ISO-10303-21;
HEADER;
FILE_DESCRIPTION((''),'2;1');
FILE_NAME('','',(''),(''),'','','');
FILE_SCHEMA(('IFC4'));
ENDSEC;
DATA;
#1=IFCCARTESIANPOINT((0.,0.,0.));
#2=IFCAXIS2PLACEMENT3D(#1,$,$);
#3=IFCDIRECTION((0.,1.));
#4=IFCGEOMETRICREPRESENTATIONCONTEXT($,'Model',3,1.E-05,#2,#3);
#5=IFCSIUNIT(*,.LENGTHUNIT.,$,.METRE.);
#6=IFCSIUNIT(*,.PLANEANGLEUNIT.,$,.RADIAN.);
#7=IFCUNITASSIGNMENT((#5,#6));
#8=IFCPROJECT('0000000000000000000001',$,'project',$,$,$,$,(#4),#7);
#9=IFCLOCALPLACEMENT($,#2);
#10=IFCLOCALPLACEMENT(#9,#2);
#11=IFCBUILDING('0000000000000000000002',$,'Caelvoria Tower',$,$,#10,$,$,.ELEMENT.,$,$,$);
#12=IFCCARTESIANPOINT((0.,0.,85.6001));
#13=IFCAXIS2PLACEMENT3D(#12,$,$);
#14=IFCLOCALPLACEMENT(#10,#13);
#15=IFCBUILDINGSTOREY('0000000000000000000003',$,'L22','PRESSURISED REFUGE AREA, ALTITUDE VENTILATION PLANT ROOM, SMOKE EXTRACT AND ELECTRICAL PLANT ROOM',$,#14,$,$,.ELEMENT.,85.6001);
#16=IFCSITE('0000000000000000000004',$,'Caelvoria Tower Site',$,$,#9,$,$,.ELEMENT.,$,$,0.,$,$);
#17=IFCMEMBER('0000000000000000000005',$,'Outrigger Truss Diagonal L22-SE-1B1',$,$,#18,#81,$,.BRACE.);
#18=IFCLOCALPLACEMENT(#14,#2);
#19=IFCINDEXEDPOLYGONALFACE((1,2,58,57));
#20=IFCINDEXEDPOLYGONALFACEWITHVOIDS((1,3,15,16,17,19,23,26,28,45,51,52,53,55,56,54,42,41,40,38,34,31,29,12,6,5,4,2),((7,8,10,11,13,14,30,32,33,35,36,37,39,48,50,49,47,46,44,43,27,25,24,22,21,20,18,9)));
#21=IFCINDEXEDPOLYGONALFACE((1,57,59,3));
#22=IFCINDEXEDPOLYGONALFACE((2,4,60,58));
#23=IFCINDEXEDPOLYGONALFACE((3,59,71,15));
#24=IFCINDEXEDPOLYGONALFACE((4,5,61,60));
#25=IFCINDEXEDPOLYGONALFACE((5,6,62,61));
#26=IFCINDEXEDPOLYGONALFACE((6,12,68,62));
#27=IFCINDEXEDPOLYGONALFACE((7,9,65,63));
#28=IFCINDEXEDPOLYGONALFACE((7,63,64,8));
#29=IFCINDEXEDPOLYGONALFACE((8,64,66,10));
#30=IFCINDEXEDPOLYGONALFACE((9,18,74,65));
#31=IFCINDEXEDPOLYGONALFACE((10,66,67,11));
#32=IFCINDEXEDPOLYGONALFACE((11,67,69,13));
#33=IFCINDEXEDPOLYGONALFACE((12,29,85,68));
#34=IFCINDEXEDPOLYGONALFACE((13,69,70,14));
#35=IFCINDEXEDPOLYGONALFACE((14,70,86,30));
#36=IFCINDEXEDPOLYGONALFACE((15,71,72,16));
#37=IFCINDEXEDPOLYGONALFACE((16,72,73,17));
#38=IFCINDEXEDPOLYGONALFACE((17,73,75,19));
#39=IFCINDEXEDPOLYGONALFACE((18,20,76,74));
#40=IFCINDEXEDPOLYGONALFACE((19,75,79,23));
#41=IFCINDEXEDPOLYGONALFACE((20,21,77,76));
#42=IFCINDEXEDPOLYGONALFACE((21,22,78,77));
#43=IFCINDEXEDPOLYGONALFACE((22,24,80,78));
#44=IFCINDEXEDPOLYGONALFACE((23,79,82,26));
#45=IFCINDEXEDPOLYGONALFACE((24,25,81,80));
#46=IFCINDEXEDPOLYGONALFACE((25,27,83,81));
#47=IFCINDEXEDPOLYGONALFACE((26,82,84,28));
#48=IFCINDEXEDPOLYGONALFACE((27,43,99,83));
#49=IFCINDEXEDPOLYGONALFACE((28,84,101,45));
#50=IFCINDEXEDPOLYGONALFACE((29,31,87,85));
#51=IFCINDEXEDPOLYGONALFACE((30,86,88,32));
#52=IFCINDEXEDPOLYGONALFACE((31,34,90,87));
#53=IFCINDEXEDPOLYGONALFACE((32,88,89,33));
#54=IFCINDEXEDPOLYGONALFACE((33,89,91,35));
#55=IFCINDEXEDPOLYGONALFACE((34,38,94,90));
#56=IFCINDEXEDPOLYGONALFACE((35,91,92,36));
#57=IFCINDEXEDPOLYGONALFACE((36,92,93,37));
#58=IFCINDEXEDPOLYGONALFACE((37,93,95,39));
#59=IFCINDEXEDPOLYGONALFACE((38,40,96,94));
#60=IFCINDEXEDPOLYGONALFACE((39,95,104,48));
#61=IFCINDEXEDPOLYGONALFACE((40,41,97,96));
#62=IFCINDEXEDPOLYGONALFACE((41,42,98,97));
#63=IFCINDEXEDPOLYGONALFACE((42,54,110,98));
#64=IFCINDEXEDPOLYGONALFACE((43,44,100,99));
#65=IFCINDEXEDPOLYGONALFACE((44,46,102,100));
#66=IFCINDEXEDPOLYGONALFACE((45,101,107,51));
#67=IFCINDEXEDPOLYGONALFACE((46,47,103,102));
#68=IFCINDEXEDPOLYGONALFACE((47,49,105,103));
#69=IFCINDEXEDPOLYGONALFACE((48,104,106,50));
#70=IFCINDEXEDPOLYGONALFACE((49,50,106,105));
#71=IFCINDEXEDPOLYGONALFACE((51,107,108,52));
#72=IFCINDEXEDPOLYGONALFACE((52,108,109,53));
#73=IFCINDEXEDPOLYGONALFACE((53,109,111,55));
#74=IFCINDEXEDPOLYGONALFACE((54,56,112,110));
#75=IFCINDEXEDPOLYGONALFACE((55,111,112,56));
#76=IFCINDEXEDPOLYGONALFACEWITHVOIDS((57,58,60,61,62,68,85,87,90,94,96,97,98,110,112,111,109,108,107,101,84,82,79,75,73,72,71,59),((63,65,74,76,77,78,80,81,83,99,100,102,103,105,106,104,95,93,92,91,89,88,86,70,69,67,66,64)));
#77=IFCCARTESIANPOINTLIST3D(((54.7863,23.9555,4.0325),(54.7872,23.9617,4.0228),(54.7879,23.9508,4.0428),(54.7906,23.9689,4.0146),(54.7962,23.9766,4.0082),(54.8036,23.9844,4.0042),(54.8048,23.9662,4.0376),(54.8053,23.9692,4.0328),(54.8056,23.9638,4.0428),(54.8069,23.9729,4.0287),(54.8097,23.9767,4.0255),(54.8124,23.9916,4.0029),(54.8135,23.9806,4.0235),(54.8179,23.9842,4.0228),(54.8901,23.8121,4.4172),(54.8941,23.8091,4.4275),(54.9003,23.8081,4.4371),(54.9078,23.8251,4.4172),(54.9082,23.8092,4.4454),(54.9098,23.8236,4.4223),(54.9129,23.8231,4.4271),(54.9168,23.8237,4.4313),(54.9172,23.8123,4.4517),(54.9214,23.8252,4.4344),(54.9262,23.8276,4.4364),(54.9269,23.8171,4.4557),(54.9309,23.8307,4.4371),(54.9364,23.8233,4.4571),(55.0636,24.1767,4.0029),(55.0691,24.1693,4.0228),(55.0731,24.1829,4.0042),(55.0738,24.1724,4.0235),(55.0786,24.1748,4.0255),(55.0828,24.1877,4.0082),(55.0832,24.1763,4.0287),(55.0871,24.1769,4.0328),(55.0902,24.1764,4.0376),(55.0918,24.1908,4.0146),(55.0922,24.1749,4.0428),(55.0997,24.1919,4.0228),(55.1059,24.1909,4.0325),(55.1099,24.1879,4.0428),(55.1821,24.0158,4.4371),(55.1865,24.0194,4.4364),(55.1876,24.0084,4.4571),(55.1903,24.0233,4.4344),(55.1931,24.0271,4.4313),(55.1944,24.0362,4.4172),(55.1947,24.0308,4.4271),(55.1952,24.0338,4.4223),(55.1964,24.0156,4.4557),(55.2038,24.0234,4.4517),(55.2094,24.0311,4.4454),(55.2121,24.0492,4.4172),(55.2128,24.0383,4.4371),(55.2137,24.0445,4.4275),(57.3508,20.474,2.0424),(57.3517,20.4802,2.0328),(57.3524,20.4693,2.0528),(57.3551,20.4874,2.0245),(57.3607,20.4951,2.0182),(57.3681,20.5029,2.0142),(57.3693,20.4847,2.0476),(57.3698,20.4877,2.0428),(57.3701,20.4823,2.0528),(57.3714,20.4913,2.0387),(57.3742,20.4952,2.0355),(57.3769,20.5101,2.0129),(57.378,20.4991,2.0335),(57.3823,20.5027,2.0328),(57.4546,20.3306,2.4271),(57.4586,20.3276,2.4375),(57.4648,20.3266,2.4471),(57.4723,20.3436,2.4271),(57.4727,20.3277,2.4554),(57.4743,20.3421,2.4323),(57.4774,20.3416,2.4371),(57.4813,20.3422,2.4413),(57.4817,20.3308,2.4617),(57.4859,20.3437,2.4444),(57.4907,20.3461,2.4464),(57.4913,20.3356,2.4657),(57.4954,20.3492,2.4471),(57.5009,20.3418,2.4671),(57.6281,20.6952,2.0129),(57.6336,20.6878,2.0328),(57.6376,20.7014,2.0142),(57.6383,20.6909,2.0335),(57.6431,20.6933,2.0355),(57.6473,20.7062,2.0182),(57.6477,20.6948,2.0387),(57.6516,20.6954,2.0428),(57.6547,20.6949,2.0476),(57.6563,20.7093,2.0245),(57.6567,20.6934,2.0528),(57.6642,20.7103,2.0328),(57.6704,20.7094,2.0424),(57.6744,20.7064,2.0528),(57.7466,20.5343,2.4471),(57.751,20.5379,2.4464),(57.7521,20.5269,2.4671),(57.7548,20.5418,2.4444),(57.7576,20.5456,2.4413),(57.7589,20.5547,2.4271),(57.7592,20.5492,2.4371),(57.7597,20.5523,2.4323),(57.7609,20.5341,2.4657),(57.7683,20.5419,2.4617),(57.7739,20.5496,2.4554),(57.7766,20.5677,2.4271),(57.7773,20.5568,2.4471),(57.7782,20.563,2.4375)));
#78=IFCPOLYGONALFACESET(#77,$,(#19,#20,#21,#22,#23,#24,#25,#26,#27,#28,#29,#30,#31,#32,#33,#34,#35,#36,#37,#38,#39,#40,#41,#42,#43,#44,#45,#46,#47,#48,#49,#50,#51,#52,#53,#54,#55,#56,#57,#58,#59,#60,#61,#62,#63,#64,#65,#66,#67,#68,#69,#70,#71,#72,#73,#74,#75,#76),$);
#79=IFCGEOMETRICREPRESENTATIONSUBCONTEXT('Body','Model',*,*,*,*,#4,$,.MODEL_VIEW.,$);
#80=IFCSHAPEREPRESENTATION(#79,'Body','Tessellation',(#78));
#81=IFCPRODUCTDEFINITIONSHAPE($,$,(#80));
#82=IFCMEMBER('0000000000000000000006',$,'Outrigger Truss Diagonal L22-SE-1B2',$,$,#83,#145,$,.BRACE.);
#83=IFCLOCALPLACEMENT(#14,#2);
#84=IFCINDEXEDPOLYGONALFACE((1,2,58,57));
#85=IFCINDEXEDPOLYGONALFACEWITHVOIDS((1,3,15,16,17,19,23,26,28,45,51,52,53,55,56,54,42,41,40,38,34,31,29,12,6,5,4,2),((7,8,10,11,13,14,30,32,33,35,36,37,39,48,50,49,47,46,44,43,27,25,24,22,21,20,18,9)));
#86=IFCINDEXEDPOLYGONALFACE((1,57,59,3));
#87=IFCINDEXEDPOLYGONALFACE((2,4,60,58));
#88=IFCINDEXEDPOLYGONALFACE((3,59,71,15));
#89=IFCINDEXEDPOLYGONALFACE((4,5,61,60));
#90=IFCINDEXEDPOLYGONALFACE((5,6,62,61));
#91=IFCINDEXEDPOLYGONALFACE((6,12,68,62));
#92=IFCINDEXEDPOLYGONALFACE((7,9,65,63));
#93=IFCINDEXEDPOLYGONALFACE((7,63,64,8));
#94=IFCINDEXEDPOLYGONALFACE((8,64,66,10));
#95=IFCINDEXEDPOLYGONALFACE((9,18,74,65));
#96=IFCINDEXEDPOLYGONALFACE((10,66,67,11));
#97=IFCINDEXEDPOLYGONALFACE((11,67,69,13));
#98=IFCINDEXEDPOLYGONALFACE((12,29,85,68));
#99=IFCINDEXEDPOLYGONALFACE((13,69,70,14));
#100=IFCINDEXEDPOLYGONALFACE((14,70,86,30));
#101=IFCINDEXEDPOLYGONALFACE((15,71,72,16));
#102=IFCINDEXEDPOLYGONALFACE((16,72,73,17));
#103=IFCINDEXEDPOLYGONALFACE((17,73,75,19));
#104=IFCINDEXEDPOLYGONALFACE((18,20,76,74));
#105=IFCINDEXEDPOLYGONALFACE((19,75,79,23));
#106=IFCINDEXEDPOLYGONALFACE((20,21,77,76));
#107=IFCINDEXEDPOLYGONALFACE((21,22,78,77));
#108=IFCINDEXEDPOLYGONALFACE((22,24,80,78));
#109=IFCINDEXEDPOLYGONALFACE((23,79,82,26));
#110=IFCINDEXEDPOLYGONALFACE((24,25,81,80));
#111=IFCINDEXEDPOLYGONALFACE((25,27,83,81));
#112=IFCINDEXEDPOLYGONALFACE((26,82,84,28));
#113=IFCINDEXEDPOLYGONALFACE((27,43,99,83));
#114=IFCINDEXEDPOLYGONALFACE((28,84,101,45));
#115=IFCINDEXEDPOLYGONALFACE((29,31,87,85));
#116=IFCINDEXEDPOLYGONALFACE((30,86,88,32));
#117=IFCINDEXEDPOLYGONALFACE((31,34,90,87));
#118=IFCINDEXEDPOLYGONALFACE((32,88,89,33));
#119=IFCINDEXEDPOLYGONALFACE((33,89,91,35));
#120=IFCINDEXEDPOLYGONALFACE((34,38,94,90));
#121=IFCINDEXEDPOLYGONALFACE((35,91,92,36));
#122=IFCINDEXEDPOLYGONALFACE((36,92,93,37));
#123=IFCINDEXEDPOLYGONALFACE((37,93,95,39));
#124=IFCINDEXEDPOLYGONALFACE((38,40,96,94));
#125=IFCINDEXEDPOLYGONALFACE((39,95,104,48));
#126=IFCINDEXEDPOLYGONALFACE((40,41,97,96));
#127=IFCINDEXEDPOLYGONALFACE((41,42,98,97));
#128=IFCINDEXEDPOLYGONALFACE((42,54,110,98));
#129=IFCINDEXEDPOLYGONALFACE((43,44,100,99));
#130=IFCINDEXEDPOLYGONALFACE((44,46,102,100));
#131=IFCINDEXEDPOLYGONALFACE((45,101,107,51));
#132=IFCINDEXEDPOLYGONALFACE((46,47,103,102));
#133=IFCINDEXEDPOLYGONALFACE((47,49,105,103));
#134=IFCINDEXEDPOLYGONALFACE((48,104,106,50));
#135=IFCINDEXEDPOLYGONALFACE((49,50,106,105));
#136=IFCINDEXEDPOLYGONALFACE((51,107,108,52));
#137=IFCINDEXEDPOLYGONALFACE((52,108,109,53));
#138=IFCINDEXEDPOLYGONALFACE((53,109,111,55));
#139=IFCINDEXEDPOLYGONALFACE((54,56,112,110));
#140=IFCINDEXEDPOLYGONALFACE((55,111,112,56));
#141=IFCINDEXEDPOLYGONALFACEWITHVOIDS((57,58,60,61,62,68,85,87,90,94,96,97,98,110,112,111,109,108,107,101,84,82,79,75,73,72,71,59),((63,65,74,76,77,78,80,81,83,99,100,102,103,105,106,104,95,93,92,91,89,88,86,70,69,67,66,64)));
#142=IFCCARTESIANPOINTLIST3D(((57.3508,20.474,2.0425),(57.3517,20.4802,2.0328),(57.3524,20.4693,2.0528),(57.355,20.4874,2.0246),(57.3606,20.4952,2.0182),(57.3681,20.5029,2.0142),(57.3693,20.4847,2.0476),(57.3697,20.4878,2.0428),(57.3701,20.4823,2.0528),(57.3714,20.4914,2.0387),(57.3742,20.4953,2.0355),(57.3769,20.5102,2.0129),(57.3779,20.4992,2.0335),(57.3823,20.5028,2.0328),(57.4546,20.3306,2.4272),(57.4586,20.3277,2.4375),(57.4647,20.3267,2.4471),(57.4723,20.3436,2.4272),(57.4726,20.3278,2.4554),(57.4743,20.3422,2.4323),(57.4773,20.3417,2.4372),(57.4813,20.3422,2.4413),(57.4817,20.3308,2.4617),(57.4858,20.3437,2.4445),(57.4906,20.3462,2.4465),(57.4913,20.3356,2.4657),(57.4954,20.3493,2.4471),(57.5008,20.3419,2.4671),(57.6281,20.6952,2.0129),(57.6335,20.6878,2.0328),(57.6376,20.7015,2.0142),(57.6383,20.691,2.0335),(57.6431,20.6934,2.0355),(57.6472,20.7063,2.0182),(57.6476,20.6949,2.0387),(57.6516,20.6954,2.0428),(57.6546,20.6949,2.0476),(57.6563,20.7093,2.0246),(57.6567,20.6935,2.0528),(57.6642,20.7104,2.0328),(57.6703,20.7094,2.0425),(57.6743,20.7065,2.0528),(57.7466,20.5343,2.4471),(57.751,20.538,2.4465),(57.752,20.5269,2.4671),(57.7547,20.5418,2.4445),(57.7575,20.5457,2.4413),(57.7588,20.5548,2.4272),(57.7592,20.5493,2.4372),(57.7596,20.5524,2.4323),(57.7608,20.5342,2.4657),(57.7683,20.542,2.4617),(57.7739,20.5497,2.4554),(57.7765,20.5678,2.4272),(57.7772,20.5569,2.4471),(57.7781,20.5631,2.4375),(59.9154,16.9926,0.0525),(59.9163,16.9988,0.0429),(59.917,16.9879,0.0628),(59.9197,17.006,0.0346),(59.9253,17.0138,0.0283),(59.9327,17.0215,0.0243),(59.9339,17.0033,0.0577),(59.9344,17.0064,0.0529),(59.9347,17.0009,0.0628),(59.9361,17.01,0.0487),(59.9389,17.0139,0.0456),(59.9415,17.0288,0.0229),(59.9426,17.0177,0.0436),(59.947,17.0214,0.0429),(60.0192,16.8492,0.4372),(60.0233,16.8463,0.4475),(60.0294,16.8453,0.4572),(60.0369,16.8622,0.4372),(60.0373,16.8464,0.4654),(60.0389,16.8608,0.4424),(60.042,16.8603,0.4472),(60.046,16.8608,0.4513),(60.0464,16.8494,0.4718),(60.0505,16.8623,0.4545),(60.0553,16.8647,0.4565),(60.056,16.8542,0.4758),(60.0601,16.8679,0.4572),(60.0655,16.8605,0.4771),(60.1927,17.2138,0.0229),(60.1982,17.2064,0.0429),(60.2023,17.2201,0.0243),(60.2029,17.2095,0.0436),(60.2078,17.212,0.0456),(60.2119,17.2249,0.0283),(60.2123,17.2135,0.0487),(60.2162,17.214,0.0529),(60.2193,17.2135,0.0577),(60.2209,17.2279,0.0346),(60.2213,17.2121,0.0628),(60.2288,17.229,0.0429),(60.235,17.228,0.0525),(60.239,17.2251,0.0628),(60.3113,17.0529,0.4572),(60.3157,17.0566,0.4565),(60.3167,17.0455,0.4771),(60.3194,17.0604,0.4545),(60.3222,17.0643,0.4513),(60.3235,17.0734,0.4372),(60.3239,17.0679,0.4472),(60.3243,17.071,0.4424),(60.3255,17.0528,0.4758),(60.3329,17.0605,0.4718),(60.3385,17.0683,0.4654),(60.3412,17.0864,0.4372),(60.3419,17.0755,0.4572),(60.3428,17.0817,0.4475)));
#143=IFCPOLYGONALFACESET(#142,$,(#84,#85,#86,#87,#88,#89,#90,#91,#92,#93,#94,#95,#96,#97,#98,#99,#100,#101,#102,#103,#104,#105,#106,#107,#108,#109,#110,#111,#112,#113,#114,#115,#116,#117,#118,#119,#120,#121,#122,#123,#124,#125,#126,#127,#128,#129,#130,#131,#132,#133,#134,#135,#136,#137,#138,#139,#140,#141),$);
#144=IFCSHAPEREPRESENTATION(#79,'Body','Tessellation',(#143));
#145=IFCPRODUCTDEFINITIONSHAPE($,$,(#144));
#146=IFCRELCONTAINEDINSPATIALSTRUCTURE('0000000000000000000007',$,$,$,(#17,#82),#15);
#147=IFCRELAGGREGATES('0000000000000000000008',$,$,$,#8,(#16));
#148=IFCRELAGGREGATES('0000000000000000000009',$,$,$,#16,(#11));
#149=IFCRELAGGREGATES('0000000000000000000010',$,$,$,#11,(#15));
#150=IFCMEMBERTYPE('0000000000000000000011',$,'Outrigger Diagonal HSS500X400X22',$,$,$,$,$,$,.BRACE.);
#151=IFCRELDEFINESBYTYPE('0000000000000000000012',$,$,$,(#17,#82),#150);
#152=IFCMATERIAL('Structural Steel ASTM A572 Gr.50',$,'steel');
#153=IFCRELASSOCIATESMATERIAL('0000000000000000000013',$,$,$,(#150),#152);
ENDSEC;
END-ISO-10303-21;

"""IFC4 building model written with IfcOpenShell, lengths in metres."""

from ifc_helpers import new_model, si_unit, direction, frame, origin, origin_2d, place, context, subcontext, project, spatial, hollow_rectangle, extrude, material, material_profile, profile_set, type_object, element, save


model = new_model("IFC4")

# Units and contexts
model_context = context("Model", 3, precision=1e-05, world=origin(), true_north=direction((0.0, 1.0)))
body_context = subcontext(model_context, "Body", "Model", "MODEL_VIEW")
ifc_project = project(units=[si_unit("LENGTHUNIT", "METRE"), si_unit("PLANEANGLEUNIT", "RADIAN")], contexts=[model_context])

# Site, building, storey
site_placement = place(None, origin())
site = spatial("IfcSite", under=ifc_project, at=site_placement, Name="Caelvoria Tower Site", CompositionType="ELEMENT", RefElevation=0.0)
building_placement = place(site_placement, origin())
building = spatial("IfcBuilding", under=site, at=building_placement, Name="Caelvoria Tower", CompositionType="ELEMENT")
storey_placement = place(building_placement, frame((0.0, 0.0, 85.6001)))
storey = spatial("IfcBuildingStorey", under=building, at=storey_placement, Name="L22", Description="PRESSURISED REFUGE AREA, ALTITUDE VENTILATION PLANT ROOM, SMOKE EXTRACT AND ELECTRICAL PLANT ROOM", CompositionType="ELEMENT", Elevation=85.6001)

# Members
ifc_material_1 = material(Name="Structural Steel ASTM A572 Gr.50", Category="steel")
ifc_material_profile_1 = material_profile(ifc_material_1, hollow_rectangle(XDim=0.3999, YDim=0.5, WallThickness=0.022, InnerFilletRadius=0.022, OuterFilletRadius=0.0439, at=origin_2d()), Name="Structural Steel ASTM A572 Gr.50")
ifc_profile_set_1 = profile_set([ifc_material_profile_1], Name="HSS500X400X22 - Structural Steel ASTM A572 Gr.50")
member_type_1 = type_object("IfcMemberType", Name="Outrigger Diagonal HSS500X400X22", PredefinedType="BRACE", material=ifc_profile_set_1)
for number, where, z_axis, x_axis, name in (
    (1, (55.0, 24.0, 4.23), (0.538758, -0.731407, -0.418071), (0.805147, 0.593076, 0.0), "Outrigger Truss Diagonal L22-SE-1B1"),
    (2, (57.5645, 20.5186, 2.24), (0.538795, -0.731386, -0.41806), (0.80512, 0.593112, 0.0), "Outrigger Truss Diagonal L22-SE-1B2"),
):
    element("IfcMember", number, at=place(storey_placement, frame(where, z_axis=z_axis, x_axis=x_axis)), inside=storey, type_object=member_type_1, Name=name, PredefinedType="BRACE", context=body_context, shape_type="SweptSolid", body=[
        extrude(hollow_rectangle(XDim=0.3999, YDim=0.5, WallThickness=0.022, InnerFilletRadius=0.022, OuterFilletRadius=0.0439, at=origin_2d()), origin(), (0.0, 0.0, 1.0), 4.76),
    ])

save(model, "model.ifc")
